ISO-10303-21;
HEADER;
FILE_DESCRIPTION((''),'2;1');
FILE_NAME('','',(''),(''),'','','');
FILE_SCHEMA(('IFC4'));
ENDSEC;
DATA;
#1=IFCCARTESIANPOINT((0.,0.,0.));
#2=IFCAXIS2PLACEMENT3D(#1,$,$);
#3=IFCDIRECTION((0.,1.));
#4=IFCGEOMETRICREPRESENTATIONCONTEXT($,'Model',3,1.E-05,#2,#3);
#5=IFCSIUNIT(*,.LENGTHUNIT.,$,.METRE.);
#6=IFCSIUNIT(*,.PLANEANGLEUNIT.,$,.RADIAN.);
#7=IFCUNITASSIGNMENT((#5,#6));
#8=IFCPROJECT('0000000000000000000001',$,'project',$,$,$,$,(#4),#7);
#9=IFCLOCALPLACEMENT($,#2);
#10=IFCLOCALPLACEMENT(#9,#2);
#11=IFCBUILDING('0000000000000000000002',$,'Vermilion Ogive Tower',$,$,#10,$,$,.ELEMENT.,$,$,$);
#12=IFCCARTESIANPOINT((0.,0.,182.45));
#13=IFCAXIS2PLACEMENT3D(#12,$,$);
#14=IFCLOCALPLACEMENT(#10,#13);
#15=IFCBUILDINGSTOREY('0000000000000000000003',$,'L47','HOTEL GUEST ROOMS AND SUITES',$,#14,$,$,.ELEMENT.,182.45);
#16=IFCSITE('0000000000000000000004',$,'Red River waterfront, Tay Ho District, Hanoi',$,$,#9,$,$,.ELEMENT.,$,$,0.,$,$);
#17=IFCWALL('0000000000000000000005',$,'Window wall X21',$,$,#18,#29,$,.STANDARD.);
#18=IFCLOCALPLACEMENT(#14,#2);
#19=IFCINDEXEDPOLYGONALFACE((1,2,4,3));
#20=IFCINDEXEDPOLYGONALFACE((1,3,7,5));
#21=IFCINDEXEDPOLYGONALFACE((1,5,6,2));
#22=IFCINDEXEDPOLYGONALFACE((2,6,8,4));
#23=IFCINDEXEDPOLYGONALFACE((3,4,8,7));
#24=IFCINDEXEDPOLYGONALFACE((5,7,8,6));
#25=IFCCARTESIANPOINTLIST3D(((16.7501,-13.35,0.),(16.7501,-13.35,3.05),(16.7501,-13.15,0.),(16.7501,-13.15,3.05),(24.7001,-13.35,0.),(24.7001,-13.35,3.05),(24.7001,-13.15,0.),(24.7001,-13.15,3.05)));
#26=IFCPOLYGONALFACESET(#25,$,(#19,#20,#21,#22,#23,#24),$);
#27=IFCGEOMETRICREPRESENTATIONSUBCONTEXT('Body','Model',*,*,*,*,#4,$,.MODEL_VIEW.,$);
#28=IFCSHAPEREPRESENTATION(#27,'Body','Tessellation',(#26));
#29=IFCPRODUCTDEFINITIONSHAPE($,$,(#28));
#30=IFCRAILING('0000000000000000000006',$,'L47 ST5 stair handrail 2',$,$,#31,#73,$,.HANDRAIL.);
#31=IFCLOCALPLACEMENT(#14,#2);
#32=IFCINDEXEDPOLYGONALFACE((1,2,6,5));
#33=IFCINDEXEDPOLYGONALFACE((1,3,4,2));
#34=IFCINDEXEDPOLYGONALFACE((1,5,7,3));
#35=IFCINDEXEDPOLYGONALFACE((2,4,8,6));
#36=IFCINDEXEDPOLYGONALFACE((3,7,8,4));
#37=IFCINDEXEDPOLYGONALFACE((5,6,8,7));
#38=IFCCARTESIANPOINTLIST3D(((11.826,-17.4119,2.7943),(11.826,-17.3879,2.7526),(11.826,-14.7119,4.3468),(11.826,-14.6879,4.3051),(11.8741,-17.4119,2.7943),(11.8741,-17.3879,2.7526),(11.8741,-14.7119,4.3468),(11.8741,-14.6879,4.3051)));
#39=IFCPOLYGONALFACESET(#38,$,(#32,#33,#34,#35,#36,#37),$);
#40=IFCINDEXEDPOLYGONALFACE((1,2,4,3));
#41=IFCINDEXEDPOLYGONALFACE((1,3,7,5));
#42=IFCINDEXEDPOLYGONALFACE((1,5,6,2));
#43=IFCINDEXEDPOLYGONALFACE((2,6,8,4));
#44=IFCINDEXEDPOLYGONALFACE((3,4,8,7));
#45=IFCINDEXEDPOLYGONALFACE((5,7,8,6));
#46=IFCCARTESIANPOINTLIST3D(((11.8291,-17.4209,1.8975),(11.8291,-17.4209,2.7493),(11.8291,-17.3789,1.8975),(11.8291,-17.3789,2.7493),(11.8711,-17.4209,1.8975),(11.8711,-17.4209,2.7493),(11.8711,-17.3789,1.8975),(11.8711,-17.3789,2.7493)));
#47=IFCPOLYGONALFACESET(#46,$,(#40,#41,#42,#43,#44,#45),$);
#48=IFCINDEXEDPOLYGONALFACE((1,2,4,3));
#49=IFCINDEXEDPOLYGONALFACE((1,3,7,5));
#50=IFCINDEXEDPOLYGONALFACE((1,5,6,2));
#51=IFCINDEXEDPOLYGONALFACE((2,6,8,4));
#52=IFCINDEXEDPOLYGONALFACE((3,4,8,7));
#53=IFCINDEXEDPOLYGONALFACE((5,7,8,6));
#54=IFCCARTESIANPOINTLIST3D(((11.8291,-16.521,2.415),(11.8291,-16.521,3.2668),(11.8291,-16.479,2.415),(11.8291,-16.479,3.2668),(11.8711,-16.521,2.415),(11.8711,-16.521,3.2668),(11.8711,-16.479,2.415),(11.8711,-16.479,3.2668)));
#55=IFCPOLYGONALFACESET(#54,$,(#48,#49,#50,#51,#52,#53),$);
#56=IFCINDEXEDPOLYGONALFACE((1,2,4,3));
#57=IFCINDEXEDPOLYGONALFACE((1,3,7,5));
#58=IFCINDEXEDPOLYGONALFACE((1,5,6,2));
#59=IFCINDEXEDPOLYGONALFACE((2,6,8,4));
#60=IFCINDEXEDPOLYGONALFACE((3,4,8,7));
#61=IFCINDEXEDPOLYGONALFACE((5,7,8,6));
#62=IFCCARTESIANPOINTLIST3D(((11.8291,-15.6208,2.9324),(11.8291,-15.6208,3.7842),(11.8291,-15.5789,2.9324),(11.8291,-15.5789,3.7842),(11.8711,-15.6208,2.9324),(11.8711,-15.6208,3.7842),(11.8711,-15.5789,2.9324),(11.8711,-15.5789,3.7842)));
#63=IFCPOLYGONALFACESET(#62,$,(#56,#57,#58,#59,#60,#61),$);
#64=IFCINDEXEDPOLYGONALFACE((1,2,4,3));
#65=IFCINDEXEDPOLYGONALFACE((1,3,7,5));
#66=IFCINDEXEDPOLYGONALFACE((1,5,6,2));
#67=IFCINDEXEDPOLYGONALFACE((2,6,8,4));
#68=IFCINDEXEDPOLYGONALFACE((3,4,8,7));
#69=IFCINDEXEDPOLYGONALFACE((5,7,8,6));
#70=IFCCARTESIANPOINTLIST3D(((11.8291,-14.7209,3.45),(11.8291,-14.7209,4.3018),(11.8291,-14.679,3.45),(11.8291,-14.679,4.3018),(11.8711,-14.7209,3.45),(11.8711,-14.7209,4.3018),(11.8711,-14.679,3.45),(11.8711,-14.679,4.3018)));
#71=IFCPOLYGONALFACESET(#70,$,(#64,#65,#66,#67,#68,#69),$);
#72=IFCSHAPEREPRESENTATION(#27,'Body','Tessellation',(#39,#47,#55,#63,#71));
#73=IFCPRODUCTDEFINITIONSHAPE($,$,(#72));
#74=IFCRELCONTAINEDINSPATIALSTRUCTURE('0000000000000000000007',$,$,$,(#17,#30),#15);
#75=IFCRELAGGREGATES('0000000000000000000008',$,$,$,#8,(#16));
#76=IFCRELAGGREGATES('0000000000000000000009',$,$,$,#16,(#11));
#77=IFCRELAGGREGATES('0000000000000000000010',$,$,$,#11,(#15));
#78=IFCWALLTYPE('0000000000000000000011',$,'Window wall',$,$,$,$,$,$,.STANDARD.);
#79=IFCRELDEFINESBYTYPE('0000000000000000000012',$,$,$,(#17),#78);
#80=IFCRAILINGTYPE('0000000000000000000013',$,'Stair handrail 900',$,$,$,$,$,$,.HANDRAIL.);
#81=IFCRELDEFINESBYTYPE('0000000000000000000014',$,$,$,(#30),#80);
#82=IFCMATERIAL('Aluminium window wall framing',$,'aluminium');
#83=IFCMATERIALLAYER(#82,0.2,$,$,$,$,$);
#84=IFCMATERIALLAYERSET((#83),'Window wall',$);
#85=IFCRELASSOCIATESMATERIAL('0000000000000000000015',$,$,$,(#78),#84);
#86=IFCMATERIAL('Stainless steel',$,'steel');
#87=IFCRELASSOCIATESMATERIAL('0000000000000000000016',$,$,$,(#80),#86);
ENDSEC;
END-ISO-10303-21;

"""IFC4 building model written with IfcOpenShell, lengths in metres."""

from ifc_helpers import new_model, si_unit, direction, frame, frame_2d, origin, origin_2d, place, context, subcontext, project, spatial, rectangle, extrude, material, layer, layer_set, type_object, element, save


model = new_model("IFC4")

# Units and contexts
model_context = context("Model", 3, precision=1e-05, world=origin(), true_north=direction((0.0, 1.0)))
body_context = subcontext(model_context, "Body", "Model", "MODEL_VIEW")
ifc_project = project(units=[si_unit("LENGTHUNIT", "METRE"), si_unit("PLANEANGLEUNIT", "RADIAN")], contexts=[model_context])

# Site, building, storey
site_placement = place(None, origin())
site = spatial("IfcSite", under=ifc_project, at=site_placement, Name="Red River waterfront, Tay Ho District, Hanoi", CompositionType="ELEMENT", RefElevation=0.0)
building_placement = place(site_placement, origin())
building = spatial("IfcBuilding", under=site, at=building_placement, Name="Vermilion Ogive Tower", CompositionType="ELEMENT")
storey_placement = place(building_placement, frame((0.0, 0.0, 182.45)))
storey = spatial("IfcBuildingStorey", under=building, at=storey_placement, Name="L47", Description="HOTEL GUEST ROOMS AND SUITES", CompositionType="ELEMENT", Elevation=182.45)

# Shared definitions
ifc_material_1 = material(Name="Aluminium window wall framing", Category="aluminium")
ifc_layer_1 = layer(ifc_material_1, 0.2)
ifc_layer_set_1 = layer_set([ifc_layer_1], Name="Window wall")
wall_type_1 = type_object("IfcWallType", Name="Window wall", PredefinedType="STANDARD", material=ifc_layer_set_1)

# Wall
wall_1_placement = place(storey_placement, frame((16.75, -13.25, 0.0), z_axis=(0.0, 0.0, 1.0), x_axis=(1.0, 0.0, 0.0)))
element("IfcWall", 1, at=wall_1_placement, inside=storey, type_object=wall_type_1, Name="Window wall X21", PredefinedType="STANDARD", context=body_context, shape_type="SweptSolid", body=[
    extrude(rectangle(XDim=7.95, YDim=0.2, at=frame_2d((3.9751, 0.0))), origin(), (0.0, 0.0, 1.0), 3.05),
])

# Railing
ifc_material_2 = material(Name="Stainless steel", Category="steel")
railing_type = type_object("IfcRailingType", Name="Stair handrail 900", PredefinedType="HANDRAIL", material=ifc_material_2)
railing_placement = place(storey_placement, frame((11.8501, -17.3999, 1.8975)))
element("IfcRailing", 2, at=railing_placement, inside=storey, type_object=railing_type, Name="L47 ST5 stair handrail 2", PredefinedType="HANDRAIL", context=body_context, shape_type="SweptSolid", body=[
    extrude(rectangle(XDim=0.0481, YDim=0.0481, at=origin_2d()), frame((0.0, 0.0, 0.876), z_axis=(0.0, 0.866904, 0.498476), x_axis=(-1.0, 0.0, 0.0)), (0.0, 0.0, 1.0), 3.1145),
    extrude(rectangle(XDim=0.042, YDim=0.042, at=origin_2d()), origin(), (0.0, 0.0, 1.0), 0.8518),
    extrude(rectangle(XDim=0.042, YDim=0.042, at=origin_2d()), frame((0.0, 0.8999, 0.5176)), (0.0, 0.0, 1.0), 0.8518),
    extrude(rectangle(XDim=0.042, YDim=0.042, at=origin_2d()), frame((0.0, 1.8, 1.0349)), (0.0, 0.0, 1.0), 0.8518),
    extrude(rectangle(XDim=0.042, YDim=0.042, at=origin_2d()), frame((0.0, 2.7, 1.5525)), (0.0, 0.0, 1.0), 0.8518),
])

save(model, "model.ifc")
